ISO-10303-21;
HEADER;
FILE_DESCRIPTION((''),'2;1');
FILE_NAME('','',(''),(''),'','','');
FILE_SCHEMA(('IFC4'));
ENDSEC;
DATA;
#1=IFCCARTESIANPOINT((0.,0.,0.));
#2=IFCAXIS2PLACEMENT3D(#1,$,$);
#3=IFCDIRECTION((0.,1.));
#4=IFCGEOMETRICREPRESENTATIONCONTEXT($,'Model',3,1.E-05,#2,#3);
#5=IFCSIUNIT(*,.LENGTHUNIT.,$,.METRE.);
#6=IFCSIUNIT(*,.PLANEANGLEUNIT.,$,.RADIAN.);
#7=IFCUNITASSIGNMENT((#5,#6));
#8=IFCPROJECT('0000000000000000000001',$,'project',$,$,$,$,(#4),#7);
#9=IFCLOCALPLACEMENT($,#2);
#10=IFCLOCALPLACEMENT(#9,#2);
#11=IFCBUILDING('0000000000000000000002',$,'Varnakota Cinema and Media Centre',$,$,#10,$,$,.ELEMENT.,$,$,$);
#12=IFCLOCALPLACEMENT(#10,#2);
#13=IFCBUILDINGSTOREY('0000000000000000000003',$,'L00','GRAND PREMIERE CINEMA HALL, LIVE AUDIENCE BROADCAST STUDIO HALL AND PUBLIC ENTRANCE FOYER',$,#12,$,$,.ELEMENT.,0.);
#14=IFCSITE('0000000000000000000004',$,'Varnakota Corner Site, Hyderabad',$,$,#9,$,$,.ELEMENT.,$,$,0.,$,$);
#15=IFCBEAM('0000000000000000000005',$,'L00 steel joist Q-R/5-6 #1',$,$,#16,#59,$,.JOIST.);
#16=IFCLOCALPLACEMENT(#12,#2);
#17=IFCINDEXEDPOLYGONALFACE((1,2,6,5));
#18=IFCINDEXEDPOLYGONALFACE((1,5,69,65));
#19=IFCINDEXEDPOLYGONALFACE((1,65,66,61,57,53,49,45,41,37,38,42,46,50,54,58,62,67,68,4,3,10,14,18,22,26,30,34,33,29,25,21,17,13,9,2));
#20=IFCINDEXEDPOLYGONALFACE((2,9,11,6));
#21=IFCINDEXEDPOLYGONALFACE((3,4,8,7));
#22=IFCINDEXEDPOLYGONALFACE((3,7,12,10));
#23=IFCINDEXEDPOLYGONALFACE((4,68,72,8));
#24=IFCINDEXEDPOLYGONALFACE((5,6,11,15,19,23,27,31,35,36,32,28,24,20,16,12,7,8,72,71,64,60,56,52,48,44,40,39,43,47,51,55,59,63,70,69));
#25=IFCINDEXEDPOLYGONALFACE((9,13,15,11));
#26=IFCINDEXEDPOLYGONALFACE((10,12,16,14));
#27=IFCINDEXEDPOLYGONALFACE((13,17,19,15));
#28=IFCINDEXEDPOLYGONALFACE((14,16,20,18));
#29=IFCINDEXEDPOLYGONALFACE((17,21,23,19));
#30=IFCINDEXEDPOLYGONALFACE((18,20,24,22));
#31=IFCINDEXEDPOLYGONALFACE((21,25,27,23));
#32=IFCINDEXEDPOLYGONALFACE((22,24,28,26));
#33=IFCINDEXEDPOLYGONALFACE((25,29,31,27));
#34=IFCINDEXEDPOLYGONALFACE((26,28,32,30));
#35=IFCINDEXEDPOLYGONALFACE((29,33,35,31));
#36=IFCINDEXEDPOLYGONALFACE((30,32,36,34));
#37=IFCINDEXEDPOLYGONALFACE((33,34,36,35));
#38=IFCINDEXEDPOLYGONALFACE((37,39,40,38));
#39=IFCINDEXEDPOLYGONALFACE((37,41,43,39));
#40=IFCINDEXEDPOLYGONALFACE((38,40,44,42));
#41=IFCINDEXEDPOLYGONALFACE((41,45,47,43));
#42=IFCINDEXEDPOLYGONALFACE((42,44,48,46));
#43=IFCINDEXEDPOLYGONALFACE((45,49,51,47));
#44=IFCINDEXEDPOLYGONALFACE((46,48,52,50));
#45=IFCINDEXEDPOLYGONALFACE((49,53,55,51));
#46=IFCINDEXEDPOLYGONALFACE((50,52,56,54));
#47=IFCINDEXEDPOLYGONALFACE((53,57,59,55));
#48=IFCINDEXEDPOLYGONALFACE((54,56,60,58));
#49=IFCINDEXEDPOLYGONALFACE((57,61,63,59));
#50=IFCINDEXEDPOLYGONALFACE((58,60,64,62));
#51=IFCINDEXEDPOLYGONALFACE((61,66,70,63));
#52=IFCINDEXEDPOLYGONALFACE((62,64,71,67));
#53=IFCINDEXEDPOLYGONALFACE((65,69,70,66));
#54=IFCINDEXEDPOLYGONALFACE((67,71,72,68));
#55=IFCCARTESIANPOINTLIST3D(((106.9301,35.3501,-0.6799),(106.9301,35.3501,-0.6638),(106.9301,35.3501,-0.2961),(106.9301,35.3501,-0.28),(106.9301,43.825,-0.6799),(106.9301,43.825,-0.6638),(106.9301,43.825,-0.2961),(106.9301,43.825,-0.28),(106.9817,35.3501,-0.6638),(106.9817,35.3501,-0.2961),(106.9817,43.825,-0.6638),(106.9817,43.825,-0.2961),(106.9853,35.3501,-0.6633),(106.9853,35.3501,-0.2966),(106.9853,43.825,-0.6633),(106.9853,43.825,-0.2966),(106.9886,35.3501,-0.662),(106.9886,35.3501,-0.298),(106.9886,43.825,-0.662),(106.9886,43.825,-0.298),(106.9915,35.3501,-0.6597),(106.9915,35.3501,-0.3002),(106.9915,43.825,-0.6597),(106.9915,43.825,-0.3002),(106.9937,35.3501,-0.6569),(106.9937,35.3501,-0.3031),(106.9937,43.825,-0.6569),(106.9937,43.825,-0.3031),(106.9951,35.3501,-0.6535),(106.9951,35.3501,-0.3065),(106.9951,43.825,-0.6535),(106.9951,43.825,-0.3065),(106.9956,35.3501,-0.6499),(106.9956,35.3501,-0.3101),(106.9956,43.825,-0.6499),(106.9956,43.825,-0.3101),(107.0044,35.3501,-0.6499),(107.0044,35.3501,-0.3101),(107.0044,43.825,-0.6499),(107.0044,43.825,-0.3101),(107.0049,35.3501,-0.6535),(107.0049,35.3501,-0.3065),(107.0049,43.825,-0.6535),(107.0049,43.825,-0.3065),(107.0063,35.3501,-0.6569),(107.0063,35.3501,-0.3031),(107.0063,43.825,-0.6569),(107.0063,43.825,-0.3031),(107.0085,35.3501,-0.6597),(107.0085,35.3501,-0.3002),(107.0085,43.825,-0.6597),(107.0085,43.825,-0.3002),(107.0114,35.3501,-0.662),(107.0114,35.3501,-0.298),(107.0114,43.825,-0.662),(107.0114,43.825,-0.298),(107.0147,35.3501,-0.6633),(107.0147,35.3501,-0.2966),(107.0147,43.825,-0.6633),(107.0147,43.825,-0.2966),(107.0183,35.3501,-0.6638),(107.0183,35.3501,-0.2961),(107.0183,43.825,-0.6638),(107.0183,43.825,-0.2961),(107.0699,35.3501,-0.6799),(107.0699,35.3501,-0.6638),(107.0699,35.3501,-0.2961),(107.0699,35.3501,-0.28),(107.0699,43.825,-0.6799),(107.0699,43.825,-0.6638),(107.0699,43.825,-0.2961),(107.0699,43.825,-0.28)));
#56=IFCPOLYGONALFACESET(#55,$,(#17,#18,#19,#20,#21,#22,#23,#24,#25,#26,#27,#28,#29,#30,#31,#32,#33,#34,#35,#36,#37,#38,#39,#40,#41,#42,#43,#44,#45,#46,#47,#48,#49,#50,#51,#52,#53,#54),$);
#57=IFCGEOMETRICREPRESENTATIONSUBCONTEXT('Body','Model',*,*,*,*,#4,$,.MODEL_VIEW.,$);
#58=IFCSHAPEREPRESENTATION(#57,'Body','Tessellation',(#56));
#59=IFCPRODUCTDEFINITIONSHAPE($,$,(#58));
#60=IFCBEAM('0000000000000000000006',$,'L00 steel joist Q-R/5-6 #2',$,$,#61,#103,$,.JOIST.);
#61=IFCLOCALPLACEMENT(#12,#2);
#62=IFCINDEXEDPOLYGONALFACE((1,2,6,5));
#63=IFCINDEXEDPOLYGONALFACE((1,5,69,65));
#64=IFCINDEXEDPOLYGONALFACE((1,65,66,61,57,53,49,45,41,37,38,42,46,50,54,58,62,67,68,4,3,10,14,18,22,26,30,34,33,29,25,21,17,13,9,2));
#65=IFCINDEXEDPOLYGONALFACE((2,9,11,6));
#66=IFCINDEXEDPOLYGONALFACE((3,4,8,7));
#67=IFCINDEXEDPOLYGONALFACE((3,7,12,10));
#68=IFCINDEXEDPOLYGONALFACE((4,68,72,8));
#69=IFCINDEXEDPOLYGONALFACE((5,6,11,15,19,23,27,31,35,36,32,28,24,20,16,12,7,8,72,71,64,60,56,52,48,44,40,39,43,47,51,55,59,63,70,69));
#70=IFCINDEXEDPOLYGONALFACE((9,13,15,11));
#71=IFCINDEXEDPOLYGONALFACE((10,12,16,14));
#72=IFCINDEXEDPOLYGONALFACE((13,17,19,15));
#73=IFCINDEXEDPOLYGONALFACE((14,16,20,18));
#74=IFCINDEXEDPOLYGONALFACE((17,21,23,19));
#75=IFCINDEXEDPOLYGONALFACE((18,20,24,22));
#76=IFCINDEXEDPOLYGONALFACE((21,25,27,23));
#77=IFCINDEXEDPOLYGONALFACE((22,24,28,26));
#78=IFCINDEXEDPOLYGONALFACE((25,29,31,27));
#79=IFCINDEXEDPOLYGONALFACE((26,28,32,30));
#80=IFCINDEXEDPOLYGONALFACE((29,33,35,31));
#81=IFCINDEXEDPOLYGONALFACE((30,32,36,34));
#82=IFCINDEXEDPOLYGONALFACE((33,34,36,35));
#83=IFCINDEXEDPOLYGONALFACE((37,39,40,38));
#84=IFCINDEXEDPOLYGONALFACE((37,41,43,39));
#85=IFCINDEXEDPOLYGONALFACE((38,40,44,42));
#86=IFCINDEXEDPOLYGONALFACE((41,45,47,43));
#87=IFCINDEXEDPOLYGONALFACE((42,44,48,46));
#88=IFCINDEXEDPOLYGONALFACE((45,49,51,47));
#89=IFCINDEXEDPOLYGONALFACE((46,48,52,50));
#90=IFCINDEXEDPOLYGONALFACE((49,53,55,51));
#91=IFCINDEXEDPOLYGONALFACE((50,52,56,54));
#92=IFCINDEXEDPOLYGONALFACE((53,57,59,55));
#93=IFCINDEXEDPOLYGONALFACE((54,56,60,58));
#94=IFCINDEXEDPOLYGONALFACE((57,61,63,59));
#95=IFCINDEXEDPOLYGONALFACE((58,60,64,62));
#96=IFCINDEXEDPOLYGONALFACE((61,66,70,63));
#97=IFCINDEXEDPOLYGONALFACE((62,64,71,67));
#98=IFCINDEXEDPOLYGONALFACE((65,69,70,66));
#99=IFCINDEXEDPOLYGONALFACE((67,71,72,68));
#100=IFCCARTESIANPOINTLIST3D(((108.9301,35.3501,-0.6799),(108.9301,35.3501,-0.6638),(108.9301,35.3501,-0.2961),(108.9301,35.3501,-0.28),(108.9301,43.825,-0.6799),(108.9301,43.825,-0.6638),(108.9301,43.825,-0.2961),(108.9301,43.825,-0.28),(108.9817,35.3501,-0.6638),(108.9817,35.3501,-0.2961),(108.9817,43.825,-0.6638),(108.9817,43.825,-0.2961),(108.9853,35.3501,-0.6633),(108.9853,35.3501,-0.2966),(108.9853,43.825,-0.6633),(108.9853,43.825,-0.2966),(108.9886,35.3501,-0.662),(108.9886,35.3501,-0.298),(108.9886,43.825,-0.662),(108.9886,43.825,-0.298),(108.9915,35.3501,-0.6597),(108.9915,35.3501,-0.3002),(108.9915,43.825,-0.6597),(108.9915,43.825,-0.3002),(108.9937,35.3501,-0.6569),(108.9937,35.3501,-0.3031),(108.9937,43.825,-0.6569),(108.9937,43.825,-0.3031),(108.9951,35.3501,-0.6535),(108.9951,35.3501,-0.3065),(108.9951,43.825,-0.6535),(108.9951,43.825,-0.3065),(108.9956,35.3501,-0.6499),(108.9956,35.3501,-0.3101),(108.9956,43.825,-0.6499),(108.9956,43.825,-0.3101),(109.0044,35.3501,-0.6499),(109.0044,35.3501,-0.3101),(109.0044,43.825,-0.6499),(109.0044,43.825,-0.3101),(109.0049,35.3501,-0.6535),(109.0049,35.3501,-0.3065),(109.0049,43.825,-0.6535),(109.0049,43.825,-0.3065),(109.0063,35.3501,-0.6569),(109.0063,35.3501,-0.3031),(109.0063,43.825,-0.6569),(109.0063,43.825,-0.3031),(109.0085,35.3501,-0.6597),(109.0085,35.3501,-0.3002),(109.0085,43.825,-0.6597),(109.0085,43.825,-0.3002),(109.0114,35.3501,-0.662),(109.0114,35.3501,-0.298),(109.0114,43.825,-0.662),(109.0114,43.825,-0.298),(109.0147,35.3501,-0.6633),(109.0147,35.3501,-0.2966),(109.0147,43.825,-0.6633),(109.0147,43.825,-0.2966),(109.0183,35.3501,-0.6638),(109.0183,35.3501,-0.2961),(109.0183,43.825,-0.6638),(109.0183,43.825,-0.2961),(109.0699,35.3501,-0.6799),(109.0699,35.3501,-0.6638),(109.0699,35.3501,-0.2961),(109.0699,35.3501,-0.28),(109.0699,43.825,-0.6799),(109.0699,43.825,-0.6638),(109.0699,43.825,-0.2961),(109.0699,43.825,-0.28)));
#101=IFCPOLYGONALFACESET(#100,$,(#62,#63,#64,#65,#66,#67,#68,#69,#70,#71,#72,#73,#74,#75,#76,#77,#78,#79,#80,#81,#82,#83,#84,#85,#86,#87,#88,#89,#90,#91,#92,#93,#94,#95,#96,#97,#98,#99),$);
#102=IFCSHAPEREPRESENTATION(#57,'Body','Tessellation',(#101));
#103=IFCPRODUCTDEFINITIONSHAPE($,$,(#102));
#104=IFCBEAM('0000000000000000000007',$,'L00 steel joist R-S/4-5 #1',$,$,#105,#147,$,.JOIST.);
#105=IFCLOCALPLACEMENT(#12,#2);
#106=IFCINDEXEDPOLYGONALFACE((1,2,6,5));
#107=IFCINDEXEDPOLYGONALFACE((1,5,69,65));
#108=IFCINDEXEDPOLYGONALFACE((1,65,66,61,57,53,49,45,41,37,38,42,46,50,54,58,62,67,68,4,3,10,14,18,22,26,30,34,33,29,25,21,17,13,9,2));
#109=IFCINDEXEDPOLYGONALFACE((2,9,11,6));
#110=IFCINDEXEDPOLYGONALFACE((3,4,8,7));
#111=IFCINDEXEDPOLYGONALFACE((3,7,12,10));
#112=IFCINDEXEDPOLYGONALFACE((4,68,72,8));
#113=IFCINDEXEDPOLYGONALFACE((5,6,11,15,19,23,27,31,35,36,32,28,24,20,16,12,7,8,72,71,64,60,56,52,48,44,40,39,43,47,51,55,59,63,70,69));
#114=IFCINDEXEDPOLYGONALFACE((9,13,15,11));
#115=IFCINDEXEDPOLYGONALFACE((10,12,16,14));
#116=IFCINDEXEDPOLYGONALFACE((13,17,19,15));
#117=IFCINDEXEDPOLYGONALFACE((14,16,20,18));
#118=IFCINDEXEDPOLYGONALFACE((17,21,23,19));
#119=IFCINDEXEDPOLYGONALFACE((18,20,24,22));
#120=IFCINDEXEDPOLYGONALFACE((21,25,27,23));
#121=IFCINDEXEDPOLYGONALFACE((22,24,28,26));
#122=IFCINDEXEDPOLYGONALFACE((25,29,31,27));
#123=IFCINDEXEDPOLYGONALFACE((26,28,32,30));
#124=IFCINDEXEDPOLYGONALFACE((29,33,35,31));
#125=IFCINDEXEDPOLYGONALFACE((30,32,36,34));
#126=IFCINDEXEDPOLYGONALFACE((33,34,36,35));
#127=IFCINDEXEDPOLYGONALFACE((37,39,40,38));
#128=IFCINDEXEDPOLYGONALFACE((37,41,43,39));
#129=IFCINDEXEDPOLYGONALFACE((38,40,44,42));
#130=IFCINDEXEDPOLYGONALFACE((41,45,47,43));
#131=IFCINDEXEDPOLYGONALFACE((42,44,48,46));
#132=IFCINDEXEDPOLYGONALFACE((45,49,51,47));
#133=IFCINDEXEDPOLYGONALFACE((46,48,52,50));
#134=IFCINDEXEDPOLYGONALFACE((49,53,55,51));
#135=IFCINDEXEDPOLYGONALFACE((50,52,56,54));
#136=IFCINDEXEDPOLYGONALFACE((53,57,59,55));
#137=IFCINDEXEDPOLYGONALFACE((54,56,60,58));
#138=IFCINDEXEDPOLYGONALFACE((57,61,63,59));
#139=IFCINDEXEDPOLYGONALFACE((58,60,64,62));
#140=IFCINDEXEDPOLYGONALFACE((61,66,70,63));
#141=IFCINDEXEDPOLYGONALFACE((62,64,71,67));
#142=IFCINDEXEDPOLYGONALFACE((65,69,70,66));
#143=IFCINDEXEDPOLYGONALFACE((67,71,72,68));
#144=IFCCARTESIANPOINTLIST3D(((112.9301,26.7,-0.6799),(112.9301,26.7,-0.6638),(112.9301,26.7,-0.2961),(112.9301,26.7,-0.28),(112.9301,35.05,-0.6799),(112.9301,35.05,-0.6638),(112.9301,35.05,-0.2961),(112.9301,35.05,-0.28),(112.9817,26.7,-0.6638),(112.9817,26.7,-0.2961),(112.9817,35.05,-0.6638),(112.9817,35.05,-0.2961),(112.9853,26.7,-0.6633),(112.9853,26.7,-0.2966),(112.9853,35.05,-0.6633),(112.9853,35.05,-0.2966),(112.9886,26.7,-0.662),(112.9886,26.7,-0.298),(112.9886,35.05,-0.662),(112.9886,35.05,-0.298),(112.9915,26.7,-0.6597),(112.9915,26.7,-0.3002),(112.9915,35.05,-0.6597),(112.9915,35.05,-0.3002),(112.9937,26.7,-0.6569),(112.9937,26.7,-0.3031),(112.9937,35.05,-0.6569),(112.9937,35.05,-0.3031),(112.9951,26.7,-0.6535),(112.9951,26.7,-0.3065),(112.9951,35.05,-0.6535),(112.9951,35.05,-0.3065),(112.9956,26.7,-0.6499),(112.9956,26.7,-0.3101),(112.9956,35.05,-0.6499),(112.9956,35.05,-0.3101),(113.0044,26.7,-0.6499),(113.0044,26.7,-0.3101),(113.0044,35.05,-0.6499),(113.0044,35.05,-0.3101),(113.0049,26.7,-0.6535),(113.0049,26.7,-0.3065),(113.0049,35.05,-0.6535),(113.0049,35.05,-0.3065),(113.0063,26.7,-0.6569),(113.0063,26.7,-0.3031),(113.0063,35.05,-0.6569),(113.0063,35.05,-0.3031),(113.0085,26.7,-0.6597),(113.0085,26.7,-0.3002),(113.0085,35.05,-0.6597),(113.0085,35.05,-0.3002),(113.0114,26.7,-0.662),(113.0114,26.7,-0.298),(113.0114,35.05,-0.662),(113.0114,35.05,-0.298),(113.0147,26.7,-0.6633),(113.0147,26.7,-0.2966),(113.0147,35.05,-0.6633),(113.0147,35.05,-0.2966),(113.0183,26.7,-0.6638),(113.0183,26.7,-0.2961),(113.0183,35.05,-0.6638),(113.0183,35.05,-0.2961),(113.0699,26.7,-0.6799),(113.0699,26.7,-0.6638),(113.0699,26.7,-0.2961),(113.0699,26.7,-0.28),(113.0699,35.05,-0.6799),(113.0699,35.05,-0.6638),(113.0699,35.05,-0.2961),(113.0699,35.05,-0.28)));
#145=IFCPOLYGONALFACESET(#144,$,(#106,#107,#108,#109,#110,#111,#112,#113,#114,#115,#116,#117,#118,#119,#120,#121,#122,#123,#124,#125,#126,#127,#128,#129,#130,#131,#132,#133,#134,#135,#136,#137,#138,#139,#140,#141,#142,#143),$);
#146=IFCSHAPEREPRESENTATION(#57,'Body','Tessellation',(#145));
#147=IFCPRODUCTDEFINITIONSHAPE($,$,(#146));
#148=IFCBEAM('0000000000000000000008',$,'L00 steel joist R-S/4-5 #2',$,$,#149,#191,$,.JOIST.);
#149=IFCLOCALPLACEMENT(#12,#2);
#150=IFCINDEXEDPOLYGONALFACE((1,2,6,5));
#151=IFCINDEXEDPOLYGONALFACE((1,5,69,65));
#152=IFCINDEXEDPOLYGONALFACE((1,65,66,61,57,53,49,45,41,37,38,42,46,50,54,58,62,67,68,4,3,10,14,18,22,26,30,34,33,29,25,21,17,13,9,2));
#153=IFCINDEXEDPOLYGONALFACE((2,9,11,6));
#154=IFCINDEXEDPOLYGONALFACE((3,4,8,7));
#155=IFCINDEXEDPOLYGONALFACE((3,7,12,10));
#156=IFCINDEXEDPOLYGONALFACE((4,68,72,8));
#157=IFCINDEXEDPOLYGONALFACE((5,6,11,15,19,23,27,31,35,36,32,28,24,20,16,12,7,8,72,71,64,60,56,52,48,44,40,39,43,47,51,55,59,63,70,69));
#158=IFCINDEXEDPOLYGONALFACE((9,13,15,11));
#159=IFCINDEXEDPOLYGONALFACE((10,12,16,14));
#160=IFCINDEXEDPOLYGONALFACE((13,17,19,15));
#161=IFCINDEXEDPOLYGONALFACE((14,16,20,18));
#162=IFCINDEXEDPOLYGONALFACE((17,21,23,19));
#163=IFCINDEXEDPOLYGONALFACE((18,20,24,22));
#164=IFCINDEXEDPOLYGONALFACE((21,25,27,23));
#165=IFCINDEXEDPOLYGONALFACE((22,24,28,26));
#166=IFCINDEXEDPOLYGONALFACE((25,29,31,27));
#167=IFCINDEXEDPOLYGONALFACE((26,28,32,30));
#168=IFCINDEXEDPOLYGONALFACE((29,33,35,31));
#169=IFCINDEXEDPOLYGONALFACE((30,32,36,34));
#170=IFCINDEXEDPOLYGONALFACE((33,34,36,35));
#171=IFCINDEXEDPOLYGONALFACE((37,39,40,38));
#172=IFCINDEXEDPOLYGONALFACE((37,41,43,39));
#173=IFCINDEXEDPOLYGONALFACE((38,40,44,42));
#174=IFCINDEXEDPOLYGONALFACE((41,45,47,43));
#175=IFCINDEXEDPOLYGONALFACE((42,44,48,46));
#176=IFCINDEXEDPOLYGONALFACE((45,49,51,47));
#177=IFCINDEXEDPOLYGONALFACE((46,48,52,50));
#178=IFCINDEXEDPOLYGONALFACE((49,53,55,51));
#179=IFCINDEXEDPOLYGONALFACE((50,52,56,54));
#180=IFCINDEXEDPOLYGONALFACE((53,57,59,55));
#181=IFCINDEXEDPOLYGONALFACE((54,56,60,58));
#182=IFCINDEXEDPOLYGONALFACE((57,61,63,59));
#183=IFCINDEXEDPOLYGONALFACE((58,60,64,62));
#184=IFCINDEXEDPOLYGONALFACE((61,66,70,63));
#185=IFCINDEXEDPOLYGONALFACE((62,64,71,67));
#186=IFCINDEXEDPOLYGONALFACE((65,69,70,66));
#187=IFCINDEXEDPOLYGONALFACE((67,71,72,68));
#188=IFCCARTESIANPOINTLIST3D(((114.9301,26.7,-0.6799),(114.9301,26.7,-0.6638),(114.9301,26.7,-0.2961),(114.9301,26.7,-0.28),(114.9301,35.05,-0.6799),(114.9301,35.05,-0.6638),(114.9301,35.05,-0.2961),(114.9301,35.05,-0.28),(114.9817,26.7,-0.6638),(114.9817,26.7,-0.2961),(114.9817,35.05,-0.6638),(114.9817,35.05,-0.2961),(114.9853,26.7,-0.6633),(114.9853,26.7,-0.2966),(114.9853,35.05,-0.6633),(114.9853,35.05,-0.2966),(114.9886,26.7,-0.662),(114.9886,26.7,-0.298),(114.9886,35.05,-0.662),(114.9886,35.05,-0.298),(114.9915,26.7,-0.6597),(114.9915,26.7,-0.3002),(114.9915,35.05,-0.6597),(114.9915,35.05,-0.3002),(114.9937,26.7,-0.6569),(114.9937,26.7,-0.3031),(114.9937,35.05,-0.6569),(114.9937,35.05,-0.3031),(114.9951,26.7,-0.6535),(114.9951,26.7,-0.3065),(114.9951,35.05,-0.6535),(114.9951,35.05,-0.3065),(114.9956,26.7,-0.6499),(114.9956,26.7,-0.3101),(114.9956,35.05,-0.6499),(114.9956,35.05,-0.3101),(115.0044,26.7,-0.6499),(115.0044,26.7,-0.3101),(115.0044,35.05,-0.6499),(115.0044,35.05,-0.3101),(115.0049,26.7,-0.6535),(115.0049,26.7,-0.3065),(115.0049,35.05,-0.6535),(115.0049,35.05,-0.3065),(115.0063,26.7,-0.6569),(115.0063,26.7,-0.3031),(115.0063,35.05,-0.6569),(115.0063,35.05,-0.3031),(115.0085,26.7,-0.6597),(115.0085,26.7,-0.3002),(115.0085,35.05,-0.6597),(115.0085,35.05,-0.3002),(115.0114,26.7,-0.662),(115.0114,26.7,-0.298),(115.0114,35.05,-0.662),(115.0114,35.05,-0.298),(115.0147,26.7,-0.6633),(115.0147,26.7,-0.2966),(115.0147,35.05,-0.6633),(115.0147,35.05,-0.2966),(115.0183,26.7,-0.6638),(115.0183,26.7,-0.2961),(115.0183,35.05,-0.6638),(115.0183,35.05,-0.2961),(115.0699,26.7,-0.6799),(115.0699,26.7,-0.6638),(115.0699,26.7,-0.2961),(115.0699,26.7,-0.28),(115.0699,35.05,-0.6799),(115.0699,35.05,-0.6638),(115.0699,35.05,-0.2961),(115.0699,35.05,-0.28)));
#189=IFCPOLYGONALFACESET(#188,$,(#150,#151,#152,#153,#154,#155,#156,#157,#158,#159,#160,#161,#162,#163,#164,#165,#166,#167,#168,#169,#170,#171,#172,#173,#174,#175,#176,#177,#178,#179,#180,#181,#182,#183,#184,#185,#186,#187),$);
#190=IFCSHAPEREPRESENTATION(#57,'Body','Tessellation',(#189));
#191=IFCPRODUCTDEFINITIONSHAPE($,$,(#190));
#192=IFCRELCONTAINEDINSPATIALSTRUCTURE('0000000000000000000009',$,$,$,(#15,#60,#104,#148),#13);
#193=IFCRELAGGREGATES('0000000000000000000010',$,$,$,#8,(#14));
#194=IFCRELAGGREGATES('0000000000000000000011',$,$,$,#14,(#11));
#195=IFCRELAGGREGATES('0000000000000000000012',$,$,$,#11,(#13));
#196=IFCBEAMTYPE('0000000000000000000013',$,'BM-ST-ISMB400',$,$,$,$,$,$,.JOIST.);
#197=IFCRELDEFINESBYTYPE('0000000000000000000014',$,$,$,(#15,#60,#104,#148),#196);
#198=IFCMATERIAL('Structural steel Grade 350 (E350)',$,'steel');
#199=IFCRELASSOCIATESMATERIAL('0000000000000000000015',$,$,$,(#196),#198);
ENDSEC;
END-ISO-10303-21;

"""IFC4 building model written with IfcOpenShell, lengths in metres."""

from ifc_helpers import new_model, si_unit, direction, frame, origin, origin_2d, place, context, subcontext, project, spatial, i_section, extrude, material, material_profile, profile_set, type_object, element, save


model = new_model("IFC4")

# Units and contexts
model_context = context("Model", 3, precision=1e-05, world=origin(), true_north=direction((0.0, 1.0)))
body_context = subcontext(model_context, "Body", "Model", "MODEL_VIEW")
ifc_project = project(units=[si_unit("LENGTHUNIT", "METRE"), si_unit("PLANEANGLEUNIT", "RADIAN")], contexts=[model_context])

# Site, building, storey
site_placement = place(None, origin())
site = spatial("IfcSite", under=ifc_project, at=site_placement, Name="Varnakota Corner Site, Hyderabad", CompositionType="ELEMENT", RefElevation=0.0)
building_placement = place(site_placement, origin())
building = spatial("IfcBuilding", under=site, at=building_placement, Name="Varnakota Cinema and Media Centre", CompositionType="ELEMENT")
storey_placement = place(building_placement, origin())
storey = spatial("IfcBuildingStorey", under=building, at=storey_placement, Name="L00", Description="GRAND PREMIERE CINEMA HALL, LIVE AUDIENCE BROADCAST STUDIO HALL AND PUBLIC ENTRANCE FOYER", CompositionType="ELEMENT", Elevation=0.0)

# Beams
ifc_material_1 = material(Name="Structural steel Grade 350 (E350)", Category="steel")
ifc_material_profile_1 = material_profile(ifc_material_1, i_section(OverallWidth=0.1399, OverallDepth=0.3999, WebThickness=0.0088, FlangeThickness=0.0161, FilletRadius=0.0139, at=origin_2d()), Name="ISMB 400")
ifc_profile_set_1 = profile_set([ifc_material_profile_1], Name="Structural steel Grade 350 (E350)")
beam_type_1 = type_object("IfcBeamType", Name="BM-ST-ISMB400", PredefinedType="JOIST", material=ifc_profile_set_1)
for number, where, z_axis, x_axis, name in (
    (1, (107.0, 35.3501, -0.48), (0.0, 1.0, 0.0), (-1.0, 0.0, 0.0), "L00 steel joist Q-R/5-6 #1"),
    (2, (109.0, 35.3501, -0.48), (0.0, 1.0, 0.0), (-1.0, 0.0, 0.0), "L00 steel joist Q-R/5-6 #2"),
):
    element("IfcBeam", number, at=place(storey_placement, frame(where, z_axis=z_axis, x_axis=x_axis)), inside=storey, type_object=beam_type_1, Name=name, PredefinedType="JOIST", context=body_context, shape_type="SweptSolid", body=[
        extrude(i_section(OverallWidth=0.1399, OverallDepth=0.3999, WebThickness=0.0088, FlangeThickness=0.0161, FilletRadius=0.0139, at=origin_2d()), origin(), (0.0, 0.0, 1.0), 8.4749),
    ])
for number, where, z_axis, x_axis, name in (
    (3, (113.0, 26.7, -0.48), (0.0, 1.0, 0.0), (-1.0, 0.0, 0.0), "L00 steel joist R-S/4-5 #1"),
    (4, (115.0, 26.7, -0.48), (0.0, 1.0, 0.0), (-1.0, 0.0, 0.0), "L00 steel joist R-S/4-5 #2"),
):
    element("IfcBeam", number, at=place(storey_placement, frame(where, z_axis=z_axis, x_axis=x_axis)), inside=storey, type_object=beam_type_1, Name=name, PredefinedType="JOIST", context=body_context, shape_type="SweptSolid", body=[
        extrude(i_section(OverallWidth=0.1399, OverallDepth=0.3999, WebThickness=0.0088, FlangeThickness=0.0161, FilletRadius=0.0139, at=origin_2d()), origin(), (0.0, 0.0, 1.0), 8.3501),
    ])

save(model, "model.ifc")
